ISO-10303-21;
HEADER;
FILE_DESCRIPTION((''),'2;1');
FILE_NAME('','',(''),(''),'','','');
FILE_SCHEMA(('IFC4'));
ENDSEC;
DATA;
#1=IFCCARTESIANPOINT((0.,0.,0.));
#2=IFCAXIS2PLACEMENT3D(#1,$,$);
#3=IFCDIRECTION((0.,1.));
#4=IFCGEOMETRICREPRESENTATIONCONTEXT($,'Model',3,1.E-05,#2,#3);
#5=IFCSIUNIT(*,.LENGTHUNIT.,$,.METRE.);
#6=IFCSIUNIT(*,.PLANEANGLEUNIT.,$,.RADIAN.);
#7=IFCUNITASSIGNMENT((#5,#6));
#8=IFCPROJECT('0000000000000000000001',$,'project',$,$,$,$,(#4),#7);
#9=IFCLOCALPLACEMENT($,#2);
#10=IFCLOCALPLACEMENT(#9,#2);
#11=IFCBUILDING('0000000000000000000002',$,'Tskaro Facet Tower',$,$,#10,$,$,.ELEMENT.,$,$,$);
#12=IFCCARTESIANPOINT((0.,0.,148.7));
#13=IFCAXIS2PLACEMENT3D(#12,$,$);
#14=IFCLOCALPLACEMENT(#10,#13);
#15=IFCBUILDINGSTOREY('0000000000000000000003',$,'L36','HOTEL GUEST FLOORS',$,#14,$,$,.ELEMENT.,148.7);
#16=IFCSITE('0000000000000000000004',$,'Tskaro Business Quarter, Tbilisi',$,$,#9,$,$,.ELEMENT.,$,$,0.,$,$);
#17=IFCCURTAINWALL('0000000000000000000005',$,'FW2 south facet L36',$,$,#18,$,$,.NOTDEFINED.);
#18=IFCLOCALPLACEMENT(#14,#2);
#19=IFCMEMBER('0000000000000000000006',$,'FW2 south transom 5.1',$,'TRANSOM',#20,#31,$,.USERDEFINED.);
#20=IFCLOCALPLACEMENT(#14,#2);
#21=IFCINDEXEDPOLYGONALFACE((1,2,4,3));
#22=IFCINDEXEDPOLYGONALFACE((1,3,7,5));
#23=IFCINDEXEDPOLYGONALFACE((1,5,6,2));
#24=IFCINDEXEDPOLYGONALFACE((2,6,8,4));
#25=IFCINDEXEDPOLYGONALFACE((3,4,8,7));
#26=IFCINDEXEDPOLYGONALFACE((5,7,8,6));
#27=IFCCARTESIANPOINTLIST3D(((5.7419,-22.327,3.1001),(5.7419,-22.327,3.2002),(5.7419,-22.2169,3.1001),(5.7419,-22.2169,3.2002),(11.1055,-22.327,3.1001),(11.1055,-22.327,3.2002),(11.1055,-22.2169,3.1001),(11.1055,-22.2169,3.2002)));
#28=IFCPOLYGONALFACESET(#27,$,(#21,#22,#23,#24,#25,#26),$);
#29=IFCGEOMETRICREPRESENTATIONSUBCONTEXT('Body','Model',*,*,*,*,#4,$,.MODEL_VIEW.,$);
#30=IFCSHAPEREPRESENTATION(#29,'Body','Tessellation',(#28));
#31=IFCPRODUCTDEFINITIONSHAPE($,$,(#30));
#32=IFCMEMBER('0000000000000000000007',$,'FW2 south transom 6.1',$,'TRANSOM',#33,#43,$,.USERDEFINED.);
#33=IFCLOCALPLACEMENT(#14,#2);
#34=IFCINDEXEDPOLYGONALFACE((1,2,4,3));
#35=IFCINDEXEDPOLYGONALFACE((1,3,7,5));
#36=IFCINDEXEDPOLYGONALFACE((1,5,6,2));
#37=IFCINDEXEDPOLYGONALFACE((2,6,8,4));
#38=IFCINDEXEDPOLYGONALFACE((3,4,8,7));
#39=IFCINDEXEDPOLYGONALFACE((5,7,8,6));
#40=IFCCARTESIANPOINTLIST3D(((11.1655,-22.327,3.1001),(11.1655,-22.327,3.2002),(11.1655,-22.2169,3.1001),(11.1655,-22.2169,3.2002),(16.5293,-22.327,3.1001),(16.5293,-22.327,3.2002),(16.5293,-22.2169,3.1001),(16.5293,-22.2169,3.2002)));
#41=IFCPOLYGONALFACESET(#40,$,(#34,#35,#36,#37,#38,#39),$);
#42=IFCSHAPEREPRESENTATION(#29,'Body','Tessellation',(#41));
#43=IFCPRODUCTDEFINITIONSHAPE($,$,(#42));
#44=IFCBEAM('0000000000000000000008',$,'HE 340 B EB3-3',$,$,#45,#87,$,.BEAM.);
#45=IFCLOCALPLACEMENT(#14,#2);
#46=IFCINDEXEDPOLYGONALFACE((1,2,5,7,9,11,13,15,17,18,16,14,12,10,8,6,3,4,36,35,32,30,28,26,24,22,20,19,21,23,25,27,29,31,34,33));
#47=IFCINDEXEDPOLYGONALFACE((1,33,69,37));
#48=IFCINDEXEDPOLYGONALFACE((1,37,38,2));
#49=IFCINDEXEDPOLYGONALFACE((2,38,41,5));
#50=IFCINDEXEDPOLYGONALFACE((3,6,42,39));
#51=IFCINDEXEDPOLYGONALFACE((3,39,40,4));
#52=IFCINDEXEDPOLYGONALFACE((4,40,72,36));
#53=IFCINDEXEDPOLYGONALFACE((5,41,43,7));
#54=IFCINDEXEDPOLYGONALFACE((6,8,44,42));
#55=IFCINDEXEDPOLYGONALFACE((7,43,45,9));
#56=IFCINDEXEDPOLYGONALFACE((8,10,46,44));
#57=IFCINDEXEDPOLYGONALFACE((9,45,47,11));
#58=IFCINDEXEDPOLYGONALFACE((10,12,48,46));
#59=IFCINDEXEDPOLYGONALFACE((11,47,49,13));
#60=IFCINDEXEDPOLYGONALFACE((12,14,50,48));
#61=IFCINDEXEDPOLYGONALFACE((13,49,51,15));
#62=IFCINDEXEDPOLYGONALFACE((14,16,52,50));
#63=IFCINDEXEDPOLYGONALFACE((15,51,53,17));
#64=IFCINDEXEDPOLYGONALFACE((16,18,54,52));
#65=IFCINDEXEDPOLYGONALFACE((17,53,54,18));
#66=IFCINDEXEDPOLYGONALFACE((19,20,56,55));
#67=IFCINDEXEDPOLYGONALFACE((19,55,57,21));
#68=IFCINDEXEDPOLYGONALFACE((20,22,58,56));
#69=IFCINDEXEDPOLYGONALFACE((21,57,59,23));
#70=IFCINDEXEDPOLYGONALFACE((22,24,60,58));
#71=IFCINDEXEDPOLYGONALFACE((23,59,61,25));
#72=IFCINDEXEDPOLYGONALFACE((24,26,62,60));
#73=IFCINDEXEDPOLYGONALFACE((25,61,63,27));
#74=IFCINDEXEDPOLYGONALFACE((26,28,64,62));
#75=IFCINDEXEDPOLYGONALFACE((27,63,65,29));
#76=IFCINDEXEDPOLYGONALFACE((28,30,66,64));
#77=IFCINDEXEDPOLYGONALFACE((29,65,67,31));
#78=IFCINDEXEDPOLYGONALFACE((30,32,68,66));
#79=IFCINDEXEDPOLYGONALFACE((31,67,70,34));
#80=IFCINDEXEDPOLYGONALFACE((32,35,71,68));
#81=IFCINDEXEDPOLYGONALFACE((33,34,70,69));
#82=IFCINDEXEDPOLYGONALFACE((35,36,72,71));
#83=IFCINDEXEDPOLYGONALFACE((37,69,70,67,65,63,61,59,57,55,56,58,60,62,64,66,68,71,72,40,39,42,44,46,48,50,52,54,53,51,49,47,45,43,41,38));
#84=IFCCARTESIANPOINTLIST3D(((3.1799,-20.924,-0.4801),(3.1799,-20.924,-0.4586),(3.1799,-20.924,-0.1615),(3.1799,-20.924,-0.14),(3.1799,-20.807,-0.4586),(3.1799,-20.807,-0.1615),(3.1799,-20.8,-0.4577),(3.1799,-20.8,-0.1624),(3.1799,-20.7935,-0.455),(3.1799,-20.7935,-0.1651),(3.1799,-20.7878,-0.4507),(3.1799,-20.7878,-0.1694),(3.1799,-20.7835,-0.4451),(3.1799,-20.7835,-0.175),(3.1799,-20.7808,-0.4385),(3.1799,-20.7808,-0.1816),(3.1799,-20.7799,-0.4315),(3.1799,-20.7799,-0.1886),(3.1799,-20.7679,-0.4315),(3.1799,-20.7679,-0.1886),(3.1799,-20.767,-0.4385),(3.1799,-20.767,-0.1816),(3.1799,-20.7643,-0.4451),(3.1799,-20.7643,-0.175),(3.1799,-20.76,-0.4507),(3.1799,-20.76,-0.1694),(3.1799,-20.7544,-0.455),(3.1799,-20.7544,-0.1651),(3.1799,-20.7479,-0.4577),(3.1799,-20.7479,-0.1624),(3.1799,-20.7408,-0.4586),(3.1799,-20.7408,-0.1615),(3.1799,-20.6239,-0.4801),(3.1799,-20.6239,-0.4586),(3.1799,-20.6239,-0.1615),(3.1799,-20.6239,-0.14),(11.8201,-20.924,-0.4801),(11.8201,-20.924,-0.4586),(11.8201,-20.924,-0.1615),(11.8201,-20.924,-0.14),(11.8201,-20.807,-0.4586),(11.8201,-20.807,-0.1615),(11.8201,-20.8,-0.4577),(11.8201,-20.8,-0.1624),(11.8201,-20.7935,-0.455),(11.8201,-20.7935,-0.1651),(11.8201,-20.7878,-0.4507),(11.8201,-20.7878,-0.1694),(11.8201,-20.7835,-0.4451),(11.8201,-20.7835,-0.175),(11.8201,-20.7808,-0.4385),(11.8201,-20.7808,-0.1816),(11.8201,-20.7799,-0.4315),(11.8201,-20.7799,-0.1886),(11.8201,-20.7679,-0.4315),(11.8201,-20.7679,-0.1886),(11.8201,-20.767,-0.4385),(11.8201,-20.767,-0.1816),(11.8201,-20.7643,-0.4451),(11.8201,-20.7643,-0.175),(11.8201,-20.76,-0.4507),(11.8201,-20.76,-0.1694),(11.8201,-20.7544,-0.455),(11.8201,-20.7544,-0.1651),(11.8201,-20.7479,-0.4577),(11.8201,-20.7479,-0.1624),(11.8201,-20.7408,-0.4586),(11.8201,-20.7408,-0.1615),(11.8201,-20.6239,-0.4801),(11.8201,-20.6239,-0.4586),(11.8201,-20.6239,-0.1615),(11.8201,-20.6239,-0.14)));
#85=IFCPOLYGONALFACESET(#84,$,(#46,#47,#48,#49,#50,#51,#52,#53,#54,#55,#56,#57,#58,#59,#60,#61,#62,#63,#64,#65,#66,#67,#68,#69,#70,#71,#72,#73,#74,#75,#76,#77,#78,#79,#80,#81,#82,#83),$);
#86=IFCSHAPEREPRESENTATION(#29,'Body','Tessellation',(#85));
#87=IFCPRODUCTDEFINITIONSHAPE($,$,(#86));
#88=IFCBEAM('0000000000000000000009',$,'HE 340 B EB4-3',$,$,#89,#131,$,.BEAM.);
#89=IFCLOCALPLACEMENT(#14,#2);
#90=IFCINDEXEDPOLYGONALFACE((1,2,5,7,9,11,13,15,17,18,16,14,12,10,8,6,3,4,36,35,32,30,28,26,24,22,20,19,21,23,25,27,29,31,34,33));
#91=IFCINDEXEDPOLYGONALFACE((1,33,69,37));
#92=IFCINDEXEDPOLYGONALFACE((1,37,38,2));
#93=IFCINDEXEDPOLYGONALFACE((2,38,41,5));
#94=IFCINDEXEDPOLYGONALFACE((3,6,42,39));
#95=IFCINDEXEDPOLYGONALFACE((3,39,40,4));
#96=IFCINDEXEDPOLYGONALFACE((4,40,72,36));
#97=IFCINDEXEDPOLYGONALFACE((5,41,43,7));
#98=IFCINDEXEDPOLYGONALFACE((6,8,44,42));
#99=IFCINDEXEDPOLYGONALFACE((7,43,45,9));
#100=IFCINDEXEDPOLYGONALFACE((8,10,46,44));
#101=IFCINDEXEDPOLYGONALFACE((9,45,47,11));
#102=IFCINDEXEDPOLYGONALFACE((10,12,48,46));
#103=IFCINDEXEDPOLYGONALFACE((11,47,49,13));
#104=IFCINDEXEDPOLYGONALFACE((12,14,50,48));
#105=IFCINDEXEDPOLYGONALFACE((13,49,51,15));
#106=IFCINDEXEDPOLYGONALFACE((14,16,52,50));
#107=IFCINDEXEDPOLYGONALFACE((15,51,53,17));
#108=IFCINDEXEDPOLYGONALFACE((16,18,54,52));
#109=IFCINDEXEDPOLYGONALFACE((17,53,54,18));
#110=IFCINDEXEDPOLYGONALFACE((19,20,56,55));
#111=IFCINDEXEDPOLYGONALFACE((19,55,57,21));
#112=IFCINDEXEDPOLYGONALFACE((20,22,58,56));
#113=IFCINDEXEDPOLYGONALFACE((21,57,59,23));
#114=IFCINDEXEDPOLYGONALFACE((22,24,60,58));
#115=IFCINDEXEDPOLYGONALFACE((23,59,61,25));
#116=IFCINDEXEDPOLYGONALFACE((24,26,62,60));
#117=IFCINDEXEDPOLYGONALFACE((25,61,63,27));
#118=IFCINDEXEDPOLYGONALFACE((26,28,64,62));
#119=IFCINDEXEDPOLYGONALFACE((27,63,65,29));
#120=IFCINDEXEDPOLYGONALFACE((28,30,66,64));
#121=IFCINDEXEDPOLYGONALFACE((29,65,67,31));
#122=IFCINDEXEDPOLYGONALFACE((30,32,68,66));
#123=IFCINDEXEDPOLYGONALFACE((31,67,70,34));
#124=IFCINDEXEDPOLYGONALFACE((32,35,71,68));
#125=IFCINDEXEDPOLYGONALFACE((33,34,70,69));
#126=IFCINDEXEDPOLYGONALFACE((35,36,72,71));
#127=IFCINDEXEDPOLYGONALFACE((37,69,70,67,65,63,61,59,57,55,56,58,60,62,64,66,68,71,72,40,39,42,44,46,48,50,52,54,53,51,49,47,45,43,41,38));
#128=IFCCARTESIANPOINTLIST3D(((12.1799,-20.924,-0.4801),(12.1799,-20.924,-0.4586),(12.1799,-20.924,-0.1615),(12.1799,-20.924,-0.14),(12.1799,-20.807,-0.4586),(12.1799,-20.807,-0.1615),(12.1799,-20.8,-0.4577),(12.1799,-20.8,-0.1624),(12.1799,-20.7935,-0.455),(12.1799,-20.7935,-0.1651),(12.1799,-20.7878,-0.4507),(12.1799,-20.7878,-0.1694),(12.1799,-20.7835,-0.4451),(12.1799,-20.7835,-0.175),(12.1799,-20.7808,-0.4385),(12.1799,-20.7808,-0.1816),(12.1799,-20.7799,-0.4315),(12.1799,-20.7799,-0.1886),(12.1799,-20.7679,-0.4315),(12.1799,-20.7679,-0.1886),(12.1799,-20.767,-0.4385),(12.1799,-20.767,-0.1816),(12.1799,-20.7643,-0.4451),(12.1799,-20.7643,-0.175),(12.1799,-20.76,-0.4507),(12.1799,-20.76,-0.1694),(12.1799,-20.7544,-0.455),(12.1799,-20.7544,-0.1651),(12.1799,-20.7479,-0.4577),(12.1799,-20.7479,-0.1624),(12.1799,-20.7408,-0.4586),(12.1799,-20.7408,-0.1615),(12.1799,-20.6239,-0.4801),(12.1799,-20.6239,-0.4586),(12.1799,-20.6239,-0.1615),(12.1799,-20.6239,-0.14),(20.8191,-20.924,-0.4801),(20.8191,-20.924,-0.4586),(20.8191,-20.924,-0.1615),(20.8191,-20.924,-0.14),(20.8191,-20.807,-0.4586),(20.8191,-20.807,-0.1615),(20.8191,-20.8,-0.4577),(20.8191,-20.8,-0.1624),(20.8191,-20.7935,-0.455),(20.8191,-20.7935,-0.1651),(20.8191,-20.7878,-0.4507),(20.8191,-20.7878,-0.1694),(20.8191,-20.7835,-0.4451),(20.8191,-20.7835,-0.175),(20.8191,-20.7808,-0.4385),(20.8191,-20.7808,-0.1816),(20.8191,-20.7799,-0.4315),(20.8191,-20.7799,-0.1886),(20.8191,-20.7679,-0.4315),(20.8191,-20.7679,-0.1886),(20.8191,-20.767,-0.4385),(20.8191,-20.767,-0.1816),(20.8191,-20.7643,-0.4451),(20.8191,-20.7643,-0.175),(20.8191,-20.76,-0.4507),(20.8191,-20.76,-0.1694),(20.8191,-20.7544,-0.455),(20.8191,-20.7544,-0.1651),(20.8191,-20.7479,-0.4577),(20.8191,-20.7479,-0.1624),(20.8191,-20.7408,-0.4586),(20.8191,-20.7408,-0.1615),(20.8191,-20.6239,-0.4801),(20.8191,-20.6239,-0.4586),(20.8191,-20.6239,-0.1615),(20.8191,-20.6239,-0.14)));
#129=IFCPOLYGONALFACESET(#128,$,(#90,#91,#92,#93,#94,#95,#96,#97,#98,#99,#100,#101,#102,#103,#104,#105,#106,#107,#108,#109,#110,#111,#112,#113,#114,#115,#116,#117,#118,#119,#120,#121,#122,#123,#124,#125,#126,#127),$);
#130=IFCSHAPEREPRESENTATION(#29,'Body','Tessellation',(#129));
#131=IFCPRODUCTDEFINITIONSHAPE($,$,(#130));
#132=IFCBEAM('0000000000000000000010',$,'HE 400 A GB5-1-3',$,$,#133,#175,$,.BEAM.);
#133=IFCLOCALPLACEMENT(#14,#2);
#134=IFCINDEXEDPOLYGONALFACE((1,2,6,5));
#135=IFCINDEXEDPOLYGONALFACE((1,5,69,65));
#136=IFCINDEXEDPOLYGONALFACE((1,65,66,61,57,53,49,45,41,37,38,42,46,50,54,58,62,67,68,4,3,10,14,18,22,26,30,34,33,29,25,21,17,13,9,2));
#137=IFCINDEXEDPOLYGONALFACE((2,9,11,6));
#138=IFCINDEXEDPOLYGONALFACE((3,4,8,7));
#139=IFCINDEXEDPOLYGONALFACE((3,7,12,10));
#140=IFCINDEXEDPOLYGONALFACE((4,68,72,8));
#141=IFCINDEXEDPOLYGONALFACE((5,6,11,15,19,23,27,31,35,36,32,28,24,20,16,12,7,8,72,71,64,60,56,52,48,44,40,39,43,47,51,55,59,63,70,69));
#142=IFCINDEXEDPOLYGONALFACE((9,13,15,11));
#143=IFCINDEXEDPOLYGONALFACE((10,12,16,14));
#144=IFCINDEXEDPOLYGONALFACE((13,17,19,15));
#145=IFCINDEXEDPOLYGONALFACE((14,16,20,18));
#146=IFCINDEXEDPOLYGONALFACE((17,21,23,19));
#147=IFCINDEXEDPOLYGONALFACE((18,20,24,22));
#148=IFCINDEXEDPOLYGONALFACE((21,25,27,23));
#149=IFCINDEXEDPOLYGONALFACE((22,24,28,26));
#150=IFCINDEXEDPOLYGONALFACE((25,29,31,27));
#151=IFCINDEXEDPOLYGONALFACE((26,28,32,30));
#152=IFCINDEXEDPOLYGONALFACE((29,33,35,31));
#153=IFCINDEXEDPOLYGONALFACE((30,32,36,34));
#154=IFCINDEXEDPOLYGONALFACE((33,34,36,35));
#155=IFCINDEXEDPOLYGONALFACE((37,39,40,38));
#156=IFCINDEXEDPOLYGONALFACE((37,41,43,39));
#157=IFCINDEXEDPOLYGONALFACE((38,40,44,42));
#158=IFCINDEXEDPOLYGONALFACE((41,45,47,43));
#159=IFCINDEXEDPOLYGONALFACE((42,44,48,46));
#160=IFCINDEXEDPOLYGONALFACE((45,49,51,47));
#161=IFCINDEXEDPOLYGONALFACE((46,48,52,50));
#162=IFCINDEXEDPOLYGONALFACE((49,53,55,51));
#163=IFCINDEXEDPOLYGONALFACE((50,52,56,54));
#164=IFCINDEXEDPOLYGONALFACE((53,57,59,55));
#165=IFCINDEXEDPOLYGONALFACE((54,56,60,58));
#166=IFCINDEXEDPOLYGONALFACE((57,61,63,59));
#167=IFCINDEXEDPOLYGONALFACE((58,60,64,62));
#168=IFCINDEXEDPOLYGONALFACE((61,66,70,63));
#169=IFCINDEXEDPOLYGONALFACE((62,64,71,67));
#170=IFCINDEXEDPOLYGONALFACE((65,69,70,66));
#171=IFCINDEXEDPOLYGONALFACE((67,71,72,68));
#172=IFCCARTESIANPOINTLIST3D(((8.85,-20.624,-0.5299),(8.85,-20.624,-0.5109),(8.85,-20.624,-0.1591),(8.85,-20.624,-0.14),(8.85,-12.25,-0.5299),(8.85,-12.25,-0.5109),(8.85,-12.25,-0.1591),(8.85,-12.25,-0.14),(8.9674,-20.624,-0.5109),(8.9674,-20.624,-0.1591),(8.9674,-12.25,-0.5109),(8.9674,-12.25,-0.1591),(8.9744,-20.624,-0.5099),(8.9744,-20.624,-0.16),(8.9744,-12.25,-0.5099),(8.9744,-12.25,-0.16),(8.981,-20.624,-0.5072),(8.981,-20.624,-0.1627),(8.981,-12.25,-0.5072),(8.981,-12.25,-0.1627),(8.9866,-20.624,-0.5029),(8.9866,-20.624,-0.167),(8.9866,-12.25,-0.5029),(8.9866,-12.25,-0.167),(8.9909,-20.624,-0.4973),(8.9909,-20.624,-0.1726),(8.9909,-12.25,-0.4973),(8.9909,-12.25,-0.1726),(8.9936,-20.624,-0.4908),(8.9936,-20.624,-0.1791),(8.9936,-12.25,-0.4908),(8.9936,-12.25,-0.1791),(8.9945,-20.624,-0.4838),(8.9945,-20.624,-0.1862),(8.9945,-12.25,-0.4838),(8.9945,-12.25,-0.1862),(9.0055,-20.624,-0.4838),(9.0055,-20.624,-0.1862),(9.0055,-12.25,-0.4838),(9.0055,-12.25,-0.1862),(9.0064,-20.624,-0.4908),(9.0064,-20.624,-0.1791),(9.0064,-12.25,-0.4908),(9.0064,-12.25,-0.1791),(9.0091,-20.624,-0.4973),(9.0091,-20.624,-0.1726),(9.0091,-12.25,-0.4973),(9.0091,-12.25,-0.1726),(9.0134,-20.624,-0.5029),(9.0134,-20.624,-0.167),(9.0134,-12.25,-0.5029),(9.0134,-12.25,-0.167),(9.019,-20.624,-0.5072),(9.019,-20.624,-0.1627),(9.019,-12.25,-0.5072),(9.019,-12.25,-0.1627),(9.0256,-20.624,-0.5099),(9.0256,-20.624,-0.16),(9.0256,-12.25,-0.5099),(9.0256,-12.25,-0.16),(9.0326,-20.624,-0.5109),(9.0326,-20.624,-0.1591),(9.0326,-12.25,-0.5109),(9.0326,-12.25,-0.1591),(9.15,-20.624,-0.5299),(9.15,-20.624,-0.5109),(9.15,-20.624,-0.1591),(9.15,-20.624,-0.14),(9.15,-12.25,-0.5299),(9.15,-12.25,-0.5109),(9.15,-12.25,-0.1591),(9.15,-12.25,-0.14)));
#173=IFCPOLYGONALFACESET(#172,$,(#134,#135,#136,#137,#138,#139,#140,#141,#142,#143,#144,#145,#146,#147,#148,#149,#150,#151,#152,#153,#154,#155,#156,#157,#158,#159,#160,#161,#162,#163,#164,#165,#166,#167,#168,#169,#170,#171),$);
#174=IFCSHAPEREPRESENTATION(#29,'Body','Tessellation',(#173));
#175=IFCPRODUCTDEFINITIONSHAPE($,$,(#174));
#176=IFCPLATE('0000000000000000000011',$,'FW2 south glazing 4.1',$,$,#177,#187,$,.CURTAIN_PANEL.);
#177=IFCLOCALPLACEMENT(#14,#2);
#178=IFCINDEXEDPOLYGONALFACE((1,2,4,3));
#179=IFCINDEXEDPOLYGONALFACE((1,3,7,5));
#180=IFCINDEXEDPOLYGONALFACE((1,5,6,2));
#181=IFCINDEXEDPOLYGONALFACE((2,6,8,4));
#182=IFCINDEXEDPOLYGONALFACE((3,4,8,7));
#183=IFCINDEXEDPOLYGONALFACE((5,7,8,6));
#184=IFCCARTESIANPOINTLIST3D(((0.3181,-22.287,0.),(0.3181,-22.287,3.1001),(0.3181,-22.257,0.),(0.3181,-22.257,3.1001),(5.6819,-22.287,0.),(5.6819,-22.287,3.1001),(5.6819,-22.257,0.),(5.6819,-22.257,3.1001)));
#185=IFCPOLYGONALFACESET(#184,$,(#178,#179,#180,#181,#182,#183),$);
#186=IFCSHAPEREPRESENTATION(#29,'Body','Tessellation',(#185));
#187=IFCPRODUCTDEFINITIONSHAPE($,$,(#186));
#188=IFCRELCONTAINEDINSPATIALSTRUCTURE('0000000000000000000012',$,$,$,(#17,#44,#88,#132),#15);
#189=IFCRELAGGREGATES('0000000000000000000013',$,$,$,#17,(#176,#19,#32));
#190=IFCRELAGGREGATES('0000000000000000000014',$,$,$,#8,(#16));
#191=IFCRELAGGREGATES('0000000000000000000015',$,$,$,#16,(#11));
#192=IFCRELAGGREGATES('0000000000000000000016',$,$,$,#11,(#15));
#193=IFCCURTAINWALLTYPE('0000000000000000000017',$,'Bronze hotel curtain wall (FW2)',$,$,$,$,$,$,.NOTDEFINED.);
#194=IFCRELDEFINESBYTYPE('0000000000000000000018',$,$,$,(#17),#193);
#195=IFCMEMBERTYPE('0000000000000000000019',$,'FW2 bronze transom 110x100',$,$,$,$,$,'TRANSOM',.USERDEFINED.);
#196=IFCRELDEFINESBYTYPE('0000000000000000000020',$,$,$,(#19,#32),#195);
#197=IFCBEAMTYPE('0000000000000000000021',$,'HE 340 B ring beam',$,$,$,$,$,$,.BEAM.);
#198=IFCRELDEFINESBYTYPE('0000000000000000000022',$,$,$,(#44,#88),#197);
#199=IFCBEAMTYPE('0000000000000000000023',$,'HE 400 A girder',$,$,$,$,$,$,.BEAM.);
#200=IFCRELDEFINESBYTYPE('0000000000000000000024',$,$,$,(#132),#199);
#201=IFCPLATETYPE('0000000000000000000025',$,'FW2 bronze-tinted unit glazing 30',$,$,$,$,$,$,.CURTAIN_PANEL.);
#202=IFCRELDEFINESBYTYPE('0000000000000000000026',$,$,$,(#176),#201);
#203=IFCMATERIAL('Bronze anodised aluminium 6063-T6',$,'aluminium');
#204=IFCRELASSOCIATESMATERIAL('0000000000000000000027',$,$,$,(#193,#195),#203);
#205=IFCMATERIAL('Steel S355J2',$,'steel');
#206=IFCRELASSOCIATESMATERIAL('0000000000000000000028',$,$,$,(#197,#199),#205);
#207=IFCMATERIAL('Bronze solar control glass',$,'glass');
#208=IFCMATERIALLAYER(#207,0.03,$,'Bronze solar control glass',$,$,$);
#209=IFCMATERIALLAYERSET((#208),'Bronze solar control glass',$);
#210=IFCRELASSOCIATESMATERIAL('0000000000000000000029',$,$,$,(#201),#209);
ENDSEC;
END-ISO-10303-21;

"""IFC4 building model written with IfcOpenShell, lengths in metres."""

from ifc_helpers import new_model, si_unit, direction, frame, origin, origin_2d, place, context, subcontext, project, spatial, rectangle, i_section, extrude, material, layer, layer_set, material_profile, profile_set, type_object, element, aggregate, save


model = new_model("IFC4")

# Units and contexts
model_context = context("Model", 3, precision=1e-05, world=origin(), true_north=direction((0.0, 1.0)))
body_context = subcontext(model_context, "Body", "Model", "MODEL_VIEW")
ifc_project = project(units=[si_unit("LENGTHUNIT", "METRE"), si_unit("PLANEANGLEUNIT", "RADIAN")], contexts=[model_context])

# Site, building, storey
site_placement = place(None, origin())
site = spatial("IfcSite", under=ifc_project, at=site_placement, Name="Tskaro Business Quarter, Tbilisi", CompositionType="ELEMENT", RefElevation=0.0)
building_placement = place(site_placement, origin())
building = spatial("IfcBuilding", under=site, at=building_placement, Name="Tskaro Facet Tower", CompositionType="ELEMENT")
storey_placement = place(building_placement, frame((0.0, 0.0, 148.7)))
storey = spatial("IfcBuildingStorey", under=building, at=storey_placement, Name="L36", Description="HOTEL GUEST FLOORS", CompositionType="ELEMENT", Elevation=148.7)

# Curtain wall, members
ifc_material_1 = material(Name="Bronze anodised aluminium 6063-T6", Category="aluminium")
curtain_wall_type = type_object("IfcCurtainWallType", Name="Bronze hotel curtain wall (FW2)", PredefinedType="NOTDEFINED", material=ifc_material_1)
curtain_wall_placement = place(storey_placement, origin())
curtain_wall = element("IfcCurtainWall", 1, at=curtain_wall_placement, inside=storey, type_object=curtain_wall_type, Name="FW2 south facet L36", PredefinedType="NOTDEFINED")
ifc_material_profile_1 = material_profile(ifc_material_1, rectangle(XDim=0.1101, YDim=0.1001, at=origin_2d()), Name="Transom 110x100")
ifc_profile_set_1 = profile_set([ifc_material_profile_1], Name="Bronze anodised aluminium 6063-T6")
member_type_1 = type_object("IfcMemberType", Name="FW2 bronze transom 110x100", ElementType="TRANSOM", PredefinedType="USERDEFINED", material=ifc_profile_set_1)
member_1_placement = place(storey_placement, frame((5.7419, -22.272, 3.1501), z_axis=(1.0, 0.0, 0.0), x_axis=(0.0, 1.0, 0.0)))
member_1 = element("IfcMember", 2, at=member_1_placement, type_object=member_type_1, Name="FW2 south transom 5.1", ObjectType="TRANSOM", PredefinedType="USERDEFINED", context=body_context, shape_type="SweptSolid", body=[
    extrude(rectangle(XDim=0.1101, YDim=0.1001, at=origin_2d()), origin(), (0.0, 0.0, 1.0), 5.3635),
])
member_2_placement = place(storey_placement, frame((11.1655, -22.272, 3.1501), z_axis=(1.0, 0.0, 0.0), x_axis=(0.0, 1.0, 0.0)))
member_2 = element("IfcMember", 3, at=member_2_placement, type_object=member_type_1, Name="FW2 south transom 6.1", ObjectType="TRANSOM", PredefinedType="USERDEFINED", context=body_context, shape_type="SweptSolid", body=[
    extrude(rectangle(XDim=0.1101, YDim=0.1001, at=origin_2d()), origin(), (0.0, 0.0, 1.0), 5.3638),
])

# Beams
ifc_material_2 = material(Name="Steel S355J2", Category="steel")
ifc_material_profile_2 = material_profile(ifc_material_2, i_section(OverallWidth=0.3, OverallDepth=0.3401, WebThickness=0.012, FlangeThickness=0.0215, FilletRadius=0.0271, at=origin_2d()), Name="HE 340 B")
ifc_profile_set_2 = profile_set([ifc_material_profile_2], Name="Steel S355J2")
beam_type_1 = type_object("IfcBeamType", Name="HE 340 B ring beam", PredefinedType="BEAM", material=ifc_profile_set_2)
beam_1_placement = place(storey_placement, frame((3.1799, -20.7739, -0.3101), z_axis=(1.0, 0.0, 0.0), x_axis=(0.0, 1.0, 0.0)))
element("IfcBeam", 4, at=beam_1_placement, inside=storey, type_object=beam_type_1, Name="HE 340 B EB3-3", PredefinedType="BEAM", context=body_context, shape_type="SweptSolid", body=[
    extrude(i_section(OverallWidth=0.3, OverallDepth=0.3401, WebThickness=0.012, FlangeThickness=0.0215, FilletRadius=0.0271, at=origin_2d()), origin(), (0.0, 0.0, 1.0), 8.6401),
])
beam_2_placement = place(storey_placement, frame((12.1799, -20.7739, -0.3101), z_axis=(1.0, 0.0, 0.0), x_axis=(0.0, 1.0, 0.0)))
element("IfcBeam", 5, at=beam_2_placement, inside=storey, type_object=beam_type_1, Name="HE 340 B EB4-3", PredefinedType="BEAM", context=body_context, shape_type="SweptSolid", body=[
    extrude(i_section(OverallWidth=0.3, OverallDepth=0.3401, WebThickness=0.012, FlangeThickness=0.0215, FilletRadius=0.0271, at=origin_2d()), origin(), (0.0, 0.0, 1.0), 8.6392),
])
ifc_material_profile_3 = material_profile(ifc_material_2, i_section(OverallWidth=0.3, OverallDepth=0.3899, WebThickness=0.011, FlangeThickness=0.019, FilletRadius=0.0271, at=origin_2d()), Name="HE 400 A")
ifc_profile_set_3 = profile_set([ifc_material_profile_3], Name="Steel S355J2")
beam_type_2 = type_object("IfcBeamType", Name="HE 400 A girder", PredefinedType="BEAM", material=ifc_profile_set_3)
beam_3_placement = place(storey_placement, frame((9.0, -20.624, -0.335), z_axis=(0.0, 1.0, 0.0), x_axis=(-1.0, 0.0, 0.0)))
element("IfcBeam", 6, at=beam_3_placement, inside=storey, type_object=beam_type_2, Name="HE 400 A GB5-1-3", PredefinedType="BEAM", context=body_context, shape_type="SweptSolid", body=[
    extrude(i_section(OverallWidth=0.3, OverallDepth=0.3899, WebThickness=0.011, FlangeThickness=0.019, FilletRadius=0.0271, at=origin_2d()), origin(), (0.0, 0.0, 1.0), 8.374),
])

# Plate
ifc_material_3 = material(Name="Bronze solar control glass", Category="glass")
ifc_layer_1 = layer(ifc_material_3, 0.03, Name="Bronze solar control glass")
ifc_layer_set_1 = layer_set([ifc_layer_1], Name="Bronze solar control glass")
plate_type = type_object("IfcPlateType", Name="FW2 bronze-tinted unit glazing 30", PredefinedType="CURTAIN_PANEL", material=ifc_layer_set_1)
plate_1_placement = place(storey_placement, frame((3.0, -22.272, 0.0), z_axis=(0.0, 0.0, 1.0), x_axis=(1.0, 0.0, 0.0)))
plate_1 = element("IfcPlate", 7, at=plate_1_placement, type_object=plate_type, Name="FW2 south glazing 4.1", PredefinedType="CURTAIN_PANEL", context=body_context, shape_type="SweptSolid", body=[
    extrude(rectangle(XDim=5.3638, YDim=0.03, at=origin_2d()), origin(), (0.0, 0.0, 1.0), 3.1001),
])
aggregate(curtain_wall, [plate_1, member_1, member_2])

save(model, "model.ifc")
